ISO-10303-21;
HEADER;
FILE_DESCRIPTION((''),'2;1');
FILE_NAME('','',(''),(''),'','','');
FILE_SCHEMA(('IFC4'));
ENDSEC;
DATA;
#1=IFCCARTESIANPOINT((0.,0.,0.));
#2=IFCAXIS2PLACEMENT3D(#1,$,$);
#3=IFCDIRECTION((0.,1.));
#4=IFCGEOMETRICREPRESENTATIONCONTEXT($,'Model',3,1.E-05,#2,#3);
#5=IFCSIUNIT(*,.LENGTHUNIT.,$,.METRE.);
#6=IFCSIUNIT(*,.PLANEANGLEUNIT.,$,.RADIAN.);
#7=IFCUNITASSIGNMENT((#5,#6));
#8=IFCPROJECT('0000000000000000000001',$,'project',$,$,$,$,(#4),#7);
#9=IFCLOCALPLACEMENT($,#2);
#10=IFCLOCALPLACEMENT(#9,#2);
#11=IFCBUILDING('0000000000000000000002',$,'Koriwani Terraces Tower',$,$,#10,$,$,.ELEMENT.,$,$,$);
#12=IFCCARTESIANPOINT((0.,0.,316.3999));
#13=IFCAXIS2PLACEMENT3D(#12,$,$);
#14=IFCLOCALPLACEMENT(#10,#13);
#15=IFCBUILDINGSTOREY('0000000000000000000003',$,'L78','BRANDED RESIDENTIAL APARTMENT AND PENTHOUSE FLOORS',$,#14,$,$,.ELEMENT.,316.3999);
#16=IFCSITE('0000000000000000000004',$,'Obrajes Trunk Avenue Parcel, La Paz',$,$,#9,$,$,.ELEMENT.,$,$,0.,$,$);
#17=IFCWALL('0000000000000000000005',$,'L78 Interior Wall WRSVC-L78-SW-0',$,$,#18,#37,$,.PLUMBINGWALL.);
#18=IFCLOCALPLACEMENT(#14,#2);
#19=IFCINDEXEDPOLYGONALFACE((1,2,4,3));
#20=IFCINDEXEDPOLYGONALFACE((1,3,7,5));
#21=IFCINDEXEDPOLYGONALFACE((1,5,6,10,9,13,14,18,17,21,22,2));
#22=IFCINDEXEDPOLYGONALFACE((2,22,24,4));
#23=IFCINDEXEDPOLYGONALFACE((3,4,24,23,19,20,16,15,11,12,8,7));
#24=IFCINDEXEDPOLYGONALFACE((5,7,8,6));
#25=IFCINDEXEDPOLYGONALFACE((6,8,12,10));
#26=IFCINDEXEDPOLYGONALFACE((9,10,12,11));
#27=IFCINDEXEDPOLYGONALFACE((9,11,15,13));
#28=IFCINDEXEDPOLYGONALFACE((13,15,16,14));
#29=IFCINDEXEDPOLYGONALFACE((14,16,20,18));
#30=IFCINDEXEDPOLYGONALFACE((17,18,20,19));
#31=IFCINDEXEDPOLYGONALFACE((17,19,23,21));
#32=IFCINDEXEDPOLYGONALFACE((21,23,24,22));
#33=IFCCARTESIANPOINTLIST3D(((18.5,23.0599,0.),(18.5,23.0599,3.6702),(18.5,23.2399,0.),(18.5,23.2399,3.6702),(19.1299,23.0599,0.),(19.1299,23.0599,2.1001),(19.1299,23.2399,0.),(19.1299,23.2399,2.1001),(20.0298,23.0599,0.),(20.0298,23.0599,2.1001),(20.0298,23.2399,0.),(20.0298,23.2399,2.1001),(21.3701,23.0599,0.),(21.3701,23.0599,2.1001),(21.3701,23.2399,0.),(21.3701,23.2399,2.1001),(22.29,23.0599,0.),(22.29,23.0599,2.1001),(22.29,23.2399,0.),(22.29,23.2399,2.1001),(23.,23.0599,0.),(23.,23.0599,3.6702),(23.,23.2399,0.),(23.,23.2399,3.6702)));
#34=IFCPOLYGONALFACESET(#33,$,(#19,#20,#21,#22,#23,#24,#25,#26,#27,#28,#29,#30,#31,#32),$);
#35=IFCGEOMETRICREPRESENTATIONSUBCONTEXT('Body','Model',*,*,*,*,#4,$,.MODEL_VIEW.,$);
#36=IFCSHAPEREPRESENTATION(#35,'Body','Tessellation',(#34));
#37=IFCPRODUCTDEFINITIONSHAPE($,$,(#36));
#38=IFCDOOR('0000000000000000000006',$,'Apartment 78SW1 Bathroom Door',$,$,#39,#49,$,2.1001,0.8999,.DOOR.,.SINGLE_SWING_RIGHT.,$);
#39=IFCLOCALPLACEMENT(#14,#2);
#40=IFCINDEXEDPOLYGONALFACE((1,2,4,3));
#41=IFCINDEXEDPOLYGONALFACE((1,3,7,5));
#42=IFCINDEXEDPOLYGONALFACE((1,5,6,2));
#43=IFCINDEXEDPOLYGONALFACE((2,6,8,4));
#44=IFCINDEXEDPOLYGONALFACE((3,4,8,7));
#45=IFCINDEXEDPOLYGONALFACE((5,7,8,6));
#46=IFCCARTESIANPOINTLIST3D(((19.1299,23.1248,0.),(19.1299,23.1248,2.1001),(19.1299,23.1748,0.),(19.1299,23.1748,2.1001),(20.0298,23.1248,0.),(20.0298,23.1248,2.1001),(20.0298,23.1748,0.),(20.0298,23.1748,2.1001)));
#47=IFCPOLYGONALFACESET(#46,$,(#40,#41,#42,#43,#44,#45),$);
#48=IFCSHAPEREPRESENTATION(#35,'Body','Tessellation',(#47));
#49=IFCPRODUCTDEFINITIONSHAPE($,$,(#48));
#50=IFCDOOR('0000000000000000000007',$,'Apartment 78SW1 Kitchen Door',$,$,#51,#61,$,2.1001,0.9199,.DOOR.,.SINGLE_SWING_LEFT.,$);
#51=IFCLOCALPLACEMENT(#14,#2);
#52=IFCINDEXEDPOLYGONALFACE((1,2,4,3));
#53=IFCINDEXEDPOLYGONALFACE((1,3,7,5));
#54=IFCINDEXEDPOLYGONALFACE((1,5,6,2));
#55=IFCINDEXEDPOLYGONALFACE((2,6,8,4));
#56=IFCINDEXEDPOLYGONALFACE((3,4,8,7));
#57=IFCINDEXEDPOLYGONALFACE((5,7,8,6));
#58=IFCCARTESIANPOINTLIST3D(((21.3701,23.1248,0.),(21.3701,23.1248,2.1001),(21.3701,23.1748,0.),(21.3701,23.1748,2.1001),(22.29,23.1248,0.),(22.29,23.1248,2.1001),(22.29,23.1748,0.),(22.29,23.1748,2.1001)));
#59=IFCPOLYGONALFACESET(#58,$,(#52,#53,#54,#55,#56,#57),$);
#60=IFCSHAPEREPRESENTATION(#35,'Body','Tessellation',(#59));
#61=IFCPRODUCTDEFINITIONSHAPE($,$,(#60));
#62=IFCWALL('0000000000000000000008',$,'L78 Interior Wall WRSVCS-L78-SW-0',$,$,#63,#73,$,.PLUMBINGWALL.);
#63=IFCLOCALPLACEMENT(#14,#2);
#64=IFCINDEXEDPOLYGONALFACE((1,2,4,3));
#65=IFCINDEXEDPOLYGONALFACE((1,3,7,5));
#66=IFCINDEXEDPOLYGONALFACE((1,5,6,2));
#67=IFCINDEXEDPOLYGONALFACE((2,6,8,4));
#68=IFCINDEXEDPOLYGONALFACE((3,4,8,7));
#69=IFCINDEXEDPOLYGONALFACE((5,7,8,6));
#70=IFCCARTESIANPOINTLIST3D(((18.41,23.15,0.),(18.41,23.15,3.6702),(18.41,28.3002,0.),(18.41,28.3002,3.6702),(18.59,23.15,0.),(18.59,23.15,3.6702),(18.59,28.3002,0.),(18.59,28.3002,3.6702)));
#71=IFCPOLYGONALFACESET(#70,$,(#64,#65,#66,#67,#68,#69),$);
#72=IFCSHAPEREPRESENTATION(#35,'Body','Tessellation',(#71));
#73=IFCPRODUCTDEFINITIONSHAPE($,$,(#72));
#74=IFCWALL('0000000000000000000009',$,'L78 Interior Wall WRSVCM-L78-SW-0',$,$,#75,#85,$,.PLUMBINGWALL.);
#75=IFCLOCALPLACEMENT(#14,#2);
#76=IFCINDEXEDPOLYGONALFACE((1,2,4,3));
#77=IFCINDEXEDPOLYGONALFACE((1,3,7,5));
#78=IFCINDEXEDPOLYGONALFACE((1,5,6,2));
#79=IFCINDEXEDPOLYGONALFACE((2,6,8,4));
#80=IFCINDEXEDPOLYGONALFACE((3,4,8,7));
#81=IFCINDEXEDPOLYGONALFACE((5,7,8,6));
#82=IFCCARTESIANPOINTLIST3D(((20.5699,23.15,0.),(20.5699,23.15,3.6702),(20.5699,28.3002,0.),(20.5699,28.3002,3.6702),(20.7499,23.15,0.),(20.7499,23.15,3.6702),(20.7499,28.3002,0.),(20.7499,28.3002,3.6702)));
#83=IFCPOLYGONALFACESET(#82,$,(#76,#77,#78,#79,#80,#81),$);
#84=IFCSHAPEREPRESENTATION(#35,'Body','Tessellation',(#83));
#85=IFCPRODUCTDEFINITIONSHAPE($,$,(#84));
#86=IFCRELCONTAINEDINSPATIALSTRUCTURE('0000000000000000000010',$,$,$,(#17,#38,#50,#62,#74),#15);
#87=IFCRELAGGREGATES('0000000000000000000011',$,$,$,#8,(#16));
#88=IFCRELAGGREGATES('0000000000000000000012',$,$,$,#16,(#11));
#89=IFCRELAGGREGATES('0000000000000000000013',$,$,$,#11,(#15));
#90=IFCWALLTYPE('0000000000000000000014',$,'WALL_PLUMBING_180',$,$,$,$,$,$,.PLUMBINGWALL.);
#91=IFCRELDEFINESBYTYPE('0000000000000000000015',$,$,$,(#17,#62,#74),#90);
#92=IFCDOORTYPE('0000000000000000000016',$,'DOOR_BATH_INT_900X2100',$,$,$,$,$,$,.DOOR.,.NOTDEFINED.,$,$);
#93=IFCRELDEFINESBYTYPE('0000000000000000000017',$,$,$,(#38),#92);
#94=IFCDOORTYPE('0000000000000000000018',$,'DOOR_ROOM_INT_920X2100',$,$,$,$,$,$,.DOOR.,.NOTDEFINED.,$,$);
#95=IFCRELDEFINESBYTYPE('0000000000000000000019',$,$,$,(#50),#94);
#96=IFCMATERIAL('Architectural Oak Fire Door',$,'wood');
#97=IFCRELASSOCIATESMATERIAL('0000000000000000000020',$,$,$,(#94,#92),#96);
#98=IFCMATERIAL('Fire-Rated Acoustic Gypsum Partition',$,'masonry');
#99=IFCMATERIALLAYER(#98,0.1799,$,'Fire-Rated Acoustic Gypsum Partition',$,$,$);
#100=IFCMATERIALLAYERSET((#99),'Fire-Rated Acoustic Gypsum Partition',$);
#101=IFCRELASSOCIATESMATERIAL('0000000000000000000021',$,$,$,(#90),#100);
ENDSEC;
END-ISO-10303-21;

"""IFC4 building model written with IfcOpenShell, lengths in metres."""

from ifc_helpers import new_model, si_unit, direction, frame, frame_2d, origin, place, context, subcontext, project, spatial, rectangle, extrude, material, layer, layer_set, type_object, element, fill, save


model = new_model("IFC4")

# Units and contexts
model_context = context("Model", 3, precision=1e-05, world=origin(), true_north=direction((0.0, 1.0)))
body_context = subcontext(model_context, "Body", "Model", "MODEL_VIEW")
ifc_project = project(units=[si_unit("LENGTHUNIT", "METRE"), si_unit("PLANEANGLEUNIT", "RADIAN")], contexts=[model_context])

# Site, building, storey
site_placement = place(None, origin())
site = spatial("IfcSite", under=ifc_project, at=site_placement, Name="Obrajes Trunk Avenue Parcel, La Paz", CompositionType="ELEMENT", RefElevation=0.0)
building_placement = place(site_placement, origin())
building = spatial("IfcBuilding", under=site, at=building_placement, Name="Koriwani Terraces Tower", CompositionType="ELEMENT")
storey_placement = place(building_placement, frame((0.0, 0.0, 316.3999)))
storey = spatial("IfcBuildingStorey", under=building, at=storey_placement, Name="L78", Description="BRANDED RESIDENTIAL APARTMENT AND PENTHOUSE FLOORS", CompositionType="ELEMENT", Elevation=316.3999)

# Shared definitions
ifc_material_1 = material(Name="Architectural Oak Fire Door", Category="wood")

# Shared definitions
ifc_material_2 = material(Name="Fire-Rated Acoustic Gypsum Partition", Category="masonry")
door_type_1 = type_object("IfcDoorType", Name="DOOR_ROOM_INT_920X2100", OperationType="NOTDEFINED", PredefinedType="DOOR", material=ifc_material_1)

# Wall, openings, doors
ifc_layer_1 = layer(ifc_material_2, 0.1799, Name="Fire-Rated Acoustic Gypsum Partition")
ifc_layer_set_1 = layer_set([ifc_layer_1], Name="Fire-Rated Acoustic Gypsum Partition")
wall_type_1 = type_object("IfcWallType", Name="WALL_PLUMBING_180", PredefinedType="PLUMBINGWALL", material=ifc_layer_set_1)
wall_1_placement = place(storey_placement, frame((18.5, 23.1499, 0.0), z_axis=(0.0, 0.0, 1.0), x_axis=(1.0, 0.0, 0.0)))
wall_1 = element("IfcWall", 1, at=wall_1_placement, inside=storey, type_object=wall_type_1, Name="L78 Interior Wall WRSVC-L78-SW-0", PredefinedType="PLUMBINGWALL", context=body_context, shape_type="SweptSolid", body=[
    extrude(rectangle(XDim=4.5, YDim=0.1799, at=frame_2d((2.25, 0.0))), origin(), (0.0, 0.0, 1.0), 3.6702),
])
opening_1_placement = place(wall_1_placement, frame((0.6299, 0.0, 0.0)))
opening_1 = element("IfcOpeningElement", 2, at=opening_1_placement, cuts=wall_1, PredefinedType="OPENING", context=body_context, shape_type="SweptSolid", body=[
    extrude(rectangle(XDim=0.8999, YDim=2.1001, at=frame_2d((0.45, 1.05))), frame((0.0, 0.1001, 0.0), z_axis=(0.0, -1.0, 0.0), x_axis=(1.0, 0.0, 0.0)), (0.0, 0.0, 1.0), 0.2),
])
opening_2_placement = place(wall_1_placement, frame((2.8701, 0.0, 0.0)))
opening_2 = element("IfcOpeningElement", 3, at=opening_2_placement, cuts=wall_1, PredefinedType="OPENING", context=body_context, shape_type="SweptSolid", body=[
    extrude(rectangle(XDim=0.9199, YDim=2.1001, at=frame_2d((0.46, 1.05))), frame((0.0, 0.1001, 0.0), z_axis=(0.0, -1.0, 0.0), x_axis=(1.0, 0.0, 0.0)), (0.0, 0.0, 1.0), 0.2),
])
door_type_2 = type_object("IfcDoorType", Name="DOOR_BATH_INT_900X2100", OperationType="NOTDEFINED", PredefinedType="DOOR", material=ifc_material_1)
door_1_placement = place(opening_1_placement, origin())
door_1 = element("IfcDoor", 4, at=door_1_placement, inside=storey, type_object=door_type_2, Name="Apartment 78SW1 Bathroom Door", OperationType="SINGLE_SWING_RIGHT", OverallHeight=2.1001, OverallWidth=0.8999, PredefinedType="DOOR", context=body_context, shape_type="SweptSolid", body=[
    extrude(rectangle(XDim=0.8999, YDim=2.1001, at=frame_2d((0.45, 1.05))), frame((0.0, 0.0249, 0.0), z_axis=(0.0, -1.0, 0.0), x_axis=(1.0, 0.0, 0.0)), (0.0, 0.0, 1.0), 0.05),
])
fill(opening_1, door_1)
door_2_placement = place(opening_2_placement, origin())
door_2 = element("IfcDoor", 5, at=door_2_placement, inside=storey, type_object=door_type_1, Name="Apartment 78SW1 Kitchen Door", OperationType="SINGLE_SWING_LEFT", OverallHeight=2.1001, OverallWidth=0.9199, PredefinedType="DOOR", context=body_context, shape_type="SweptSolid", body=[
    extrude(rectangle(XDim=0.9199, YDim=2.1001, at=frame_2d((0.46, 1.05))), frame((0.0, 0.0249, 0.0), z_axis=(0.0, -1.0, 0.0), x_axis=(1.0, 0.0, 0.0)), (0.0, 0.0, 1.0), 0.05),
])
fill(opening_2, door_2)

# Walls
for number, where, z_axis, x_axis, name in (
    (6, (18.5, 23.1499, 0.0), (0.0, 0.0, 1.0), (0.0, 1.0, 0.0), "L78 Interior Wall WRSVCS-L78-SW-0"),
    (7, (20.6599, 23.1499, 0.0), (0.0, 0.0, 1.0), (0.0, 1.0, 0.0), "L78 Interior Wall WRSVCM-L78-SW-0"),
):
    element("IfcWall", number, at=place(storey_placement, frame(where, z_axis=z_axis, x_axis=x_axis)), inside=storey, type_object=wall_type_1, Name=name, PredefinedType="PLUMBINGWALL", context=body_context, shape_type="SweptSolid", body=[
        extrude(rectangle(XDim=5.1501, YDim=0.1799, at=frame_2d((2.5752, 0.0))), origin(), (0.0, 0.0, 1.0), 3.6702),
    ])

save(model, "model.ifc")
